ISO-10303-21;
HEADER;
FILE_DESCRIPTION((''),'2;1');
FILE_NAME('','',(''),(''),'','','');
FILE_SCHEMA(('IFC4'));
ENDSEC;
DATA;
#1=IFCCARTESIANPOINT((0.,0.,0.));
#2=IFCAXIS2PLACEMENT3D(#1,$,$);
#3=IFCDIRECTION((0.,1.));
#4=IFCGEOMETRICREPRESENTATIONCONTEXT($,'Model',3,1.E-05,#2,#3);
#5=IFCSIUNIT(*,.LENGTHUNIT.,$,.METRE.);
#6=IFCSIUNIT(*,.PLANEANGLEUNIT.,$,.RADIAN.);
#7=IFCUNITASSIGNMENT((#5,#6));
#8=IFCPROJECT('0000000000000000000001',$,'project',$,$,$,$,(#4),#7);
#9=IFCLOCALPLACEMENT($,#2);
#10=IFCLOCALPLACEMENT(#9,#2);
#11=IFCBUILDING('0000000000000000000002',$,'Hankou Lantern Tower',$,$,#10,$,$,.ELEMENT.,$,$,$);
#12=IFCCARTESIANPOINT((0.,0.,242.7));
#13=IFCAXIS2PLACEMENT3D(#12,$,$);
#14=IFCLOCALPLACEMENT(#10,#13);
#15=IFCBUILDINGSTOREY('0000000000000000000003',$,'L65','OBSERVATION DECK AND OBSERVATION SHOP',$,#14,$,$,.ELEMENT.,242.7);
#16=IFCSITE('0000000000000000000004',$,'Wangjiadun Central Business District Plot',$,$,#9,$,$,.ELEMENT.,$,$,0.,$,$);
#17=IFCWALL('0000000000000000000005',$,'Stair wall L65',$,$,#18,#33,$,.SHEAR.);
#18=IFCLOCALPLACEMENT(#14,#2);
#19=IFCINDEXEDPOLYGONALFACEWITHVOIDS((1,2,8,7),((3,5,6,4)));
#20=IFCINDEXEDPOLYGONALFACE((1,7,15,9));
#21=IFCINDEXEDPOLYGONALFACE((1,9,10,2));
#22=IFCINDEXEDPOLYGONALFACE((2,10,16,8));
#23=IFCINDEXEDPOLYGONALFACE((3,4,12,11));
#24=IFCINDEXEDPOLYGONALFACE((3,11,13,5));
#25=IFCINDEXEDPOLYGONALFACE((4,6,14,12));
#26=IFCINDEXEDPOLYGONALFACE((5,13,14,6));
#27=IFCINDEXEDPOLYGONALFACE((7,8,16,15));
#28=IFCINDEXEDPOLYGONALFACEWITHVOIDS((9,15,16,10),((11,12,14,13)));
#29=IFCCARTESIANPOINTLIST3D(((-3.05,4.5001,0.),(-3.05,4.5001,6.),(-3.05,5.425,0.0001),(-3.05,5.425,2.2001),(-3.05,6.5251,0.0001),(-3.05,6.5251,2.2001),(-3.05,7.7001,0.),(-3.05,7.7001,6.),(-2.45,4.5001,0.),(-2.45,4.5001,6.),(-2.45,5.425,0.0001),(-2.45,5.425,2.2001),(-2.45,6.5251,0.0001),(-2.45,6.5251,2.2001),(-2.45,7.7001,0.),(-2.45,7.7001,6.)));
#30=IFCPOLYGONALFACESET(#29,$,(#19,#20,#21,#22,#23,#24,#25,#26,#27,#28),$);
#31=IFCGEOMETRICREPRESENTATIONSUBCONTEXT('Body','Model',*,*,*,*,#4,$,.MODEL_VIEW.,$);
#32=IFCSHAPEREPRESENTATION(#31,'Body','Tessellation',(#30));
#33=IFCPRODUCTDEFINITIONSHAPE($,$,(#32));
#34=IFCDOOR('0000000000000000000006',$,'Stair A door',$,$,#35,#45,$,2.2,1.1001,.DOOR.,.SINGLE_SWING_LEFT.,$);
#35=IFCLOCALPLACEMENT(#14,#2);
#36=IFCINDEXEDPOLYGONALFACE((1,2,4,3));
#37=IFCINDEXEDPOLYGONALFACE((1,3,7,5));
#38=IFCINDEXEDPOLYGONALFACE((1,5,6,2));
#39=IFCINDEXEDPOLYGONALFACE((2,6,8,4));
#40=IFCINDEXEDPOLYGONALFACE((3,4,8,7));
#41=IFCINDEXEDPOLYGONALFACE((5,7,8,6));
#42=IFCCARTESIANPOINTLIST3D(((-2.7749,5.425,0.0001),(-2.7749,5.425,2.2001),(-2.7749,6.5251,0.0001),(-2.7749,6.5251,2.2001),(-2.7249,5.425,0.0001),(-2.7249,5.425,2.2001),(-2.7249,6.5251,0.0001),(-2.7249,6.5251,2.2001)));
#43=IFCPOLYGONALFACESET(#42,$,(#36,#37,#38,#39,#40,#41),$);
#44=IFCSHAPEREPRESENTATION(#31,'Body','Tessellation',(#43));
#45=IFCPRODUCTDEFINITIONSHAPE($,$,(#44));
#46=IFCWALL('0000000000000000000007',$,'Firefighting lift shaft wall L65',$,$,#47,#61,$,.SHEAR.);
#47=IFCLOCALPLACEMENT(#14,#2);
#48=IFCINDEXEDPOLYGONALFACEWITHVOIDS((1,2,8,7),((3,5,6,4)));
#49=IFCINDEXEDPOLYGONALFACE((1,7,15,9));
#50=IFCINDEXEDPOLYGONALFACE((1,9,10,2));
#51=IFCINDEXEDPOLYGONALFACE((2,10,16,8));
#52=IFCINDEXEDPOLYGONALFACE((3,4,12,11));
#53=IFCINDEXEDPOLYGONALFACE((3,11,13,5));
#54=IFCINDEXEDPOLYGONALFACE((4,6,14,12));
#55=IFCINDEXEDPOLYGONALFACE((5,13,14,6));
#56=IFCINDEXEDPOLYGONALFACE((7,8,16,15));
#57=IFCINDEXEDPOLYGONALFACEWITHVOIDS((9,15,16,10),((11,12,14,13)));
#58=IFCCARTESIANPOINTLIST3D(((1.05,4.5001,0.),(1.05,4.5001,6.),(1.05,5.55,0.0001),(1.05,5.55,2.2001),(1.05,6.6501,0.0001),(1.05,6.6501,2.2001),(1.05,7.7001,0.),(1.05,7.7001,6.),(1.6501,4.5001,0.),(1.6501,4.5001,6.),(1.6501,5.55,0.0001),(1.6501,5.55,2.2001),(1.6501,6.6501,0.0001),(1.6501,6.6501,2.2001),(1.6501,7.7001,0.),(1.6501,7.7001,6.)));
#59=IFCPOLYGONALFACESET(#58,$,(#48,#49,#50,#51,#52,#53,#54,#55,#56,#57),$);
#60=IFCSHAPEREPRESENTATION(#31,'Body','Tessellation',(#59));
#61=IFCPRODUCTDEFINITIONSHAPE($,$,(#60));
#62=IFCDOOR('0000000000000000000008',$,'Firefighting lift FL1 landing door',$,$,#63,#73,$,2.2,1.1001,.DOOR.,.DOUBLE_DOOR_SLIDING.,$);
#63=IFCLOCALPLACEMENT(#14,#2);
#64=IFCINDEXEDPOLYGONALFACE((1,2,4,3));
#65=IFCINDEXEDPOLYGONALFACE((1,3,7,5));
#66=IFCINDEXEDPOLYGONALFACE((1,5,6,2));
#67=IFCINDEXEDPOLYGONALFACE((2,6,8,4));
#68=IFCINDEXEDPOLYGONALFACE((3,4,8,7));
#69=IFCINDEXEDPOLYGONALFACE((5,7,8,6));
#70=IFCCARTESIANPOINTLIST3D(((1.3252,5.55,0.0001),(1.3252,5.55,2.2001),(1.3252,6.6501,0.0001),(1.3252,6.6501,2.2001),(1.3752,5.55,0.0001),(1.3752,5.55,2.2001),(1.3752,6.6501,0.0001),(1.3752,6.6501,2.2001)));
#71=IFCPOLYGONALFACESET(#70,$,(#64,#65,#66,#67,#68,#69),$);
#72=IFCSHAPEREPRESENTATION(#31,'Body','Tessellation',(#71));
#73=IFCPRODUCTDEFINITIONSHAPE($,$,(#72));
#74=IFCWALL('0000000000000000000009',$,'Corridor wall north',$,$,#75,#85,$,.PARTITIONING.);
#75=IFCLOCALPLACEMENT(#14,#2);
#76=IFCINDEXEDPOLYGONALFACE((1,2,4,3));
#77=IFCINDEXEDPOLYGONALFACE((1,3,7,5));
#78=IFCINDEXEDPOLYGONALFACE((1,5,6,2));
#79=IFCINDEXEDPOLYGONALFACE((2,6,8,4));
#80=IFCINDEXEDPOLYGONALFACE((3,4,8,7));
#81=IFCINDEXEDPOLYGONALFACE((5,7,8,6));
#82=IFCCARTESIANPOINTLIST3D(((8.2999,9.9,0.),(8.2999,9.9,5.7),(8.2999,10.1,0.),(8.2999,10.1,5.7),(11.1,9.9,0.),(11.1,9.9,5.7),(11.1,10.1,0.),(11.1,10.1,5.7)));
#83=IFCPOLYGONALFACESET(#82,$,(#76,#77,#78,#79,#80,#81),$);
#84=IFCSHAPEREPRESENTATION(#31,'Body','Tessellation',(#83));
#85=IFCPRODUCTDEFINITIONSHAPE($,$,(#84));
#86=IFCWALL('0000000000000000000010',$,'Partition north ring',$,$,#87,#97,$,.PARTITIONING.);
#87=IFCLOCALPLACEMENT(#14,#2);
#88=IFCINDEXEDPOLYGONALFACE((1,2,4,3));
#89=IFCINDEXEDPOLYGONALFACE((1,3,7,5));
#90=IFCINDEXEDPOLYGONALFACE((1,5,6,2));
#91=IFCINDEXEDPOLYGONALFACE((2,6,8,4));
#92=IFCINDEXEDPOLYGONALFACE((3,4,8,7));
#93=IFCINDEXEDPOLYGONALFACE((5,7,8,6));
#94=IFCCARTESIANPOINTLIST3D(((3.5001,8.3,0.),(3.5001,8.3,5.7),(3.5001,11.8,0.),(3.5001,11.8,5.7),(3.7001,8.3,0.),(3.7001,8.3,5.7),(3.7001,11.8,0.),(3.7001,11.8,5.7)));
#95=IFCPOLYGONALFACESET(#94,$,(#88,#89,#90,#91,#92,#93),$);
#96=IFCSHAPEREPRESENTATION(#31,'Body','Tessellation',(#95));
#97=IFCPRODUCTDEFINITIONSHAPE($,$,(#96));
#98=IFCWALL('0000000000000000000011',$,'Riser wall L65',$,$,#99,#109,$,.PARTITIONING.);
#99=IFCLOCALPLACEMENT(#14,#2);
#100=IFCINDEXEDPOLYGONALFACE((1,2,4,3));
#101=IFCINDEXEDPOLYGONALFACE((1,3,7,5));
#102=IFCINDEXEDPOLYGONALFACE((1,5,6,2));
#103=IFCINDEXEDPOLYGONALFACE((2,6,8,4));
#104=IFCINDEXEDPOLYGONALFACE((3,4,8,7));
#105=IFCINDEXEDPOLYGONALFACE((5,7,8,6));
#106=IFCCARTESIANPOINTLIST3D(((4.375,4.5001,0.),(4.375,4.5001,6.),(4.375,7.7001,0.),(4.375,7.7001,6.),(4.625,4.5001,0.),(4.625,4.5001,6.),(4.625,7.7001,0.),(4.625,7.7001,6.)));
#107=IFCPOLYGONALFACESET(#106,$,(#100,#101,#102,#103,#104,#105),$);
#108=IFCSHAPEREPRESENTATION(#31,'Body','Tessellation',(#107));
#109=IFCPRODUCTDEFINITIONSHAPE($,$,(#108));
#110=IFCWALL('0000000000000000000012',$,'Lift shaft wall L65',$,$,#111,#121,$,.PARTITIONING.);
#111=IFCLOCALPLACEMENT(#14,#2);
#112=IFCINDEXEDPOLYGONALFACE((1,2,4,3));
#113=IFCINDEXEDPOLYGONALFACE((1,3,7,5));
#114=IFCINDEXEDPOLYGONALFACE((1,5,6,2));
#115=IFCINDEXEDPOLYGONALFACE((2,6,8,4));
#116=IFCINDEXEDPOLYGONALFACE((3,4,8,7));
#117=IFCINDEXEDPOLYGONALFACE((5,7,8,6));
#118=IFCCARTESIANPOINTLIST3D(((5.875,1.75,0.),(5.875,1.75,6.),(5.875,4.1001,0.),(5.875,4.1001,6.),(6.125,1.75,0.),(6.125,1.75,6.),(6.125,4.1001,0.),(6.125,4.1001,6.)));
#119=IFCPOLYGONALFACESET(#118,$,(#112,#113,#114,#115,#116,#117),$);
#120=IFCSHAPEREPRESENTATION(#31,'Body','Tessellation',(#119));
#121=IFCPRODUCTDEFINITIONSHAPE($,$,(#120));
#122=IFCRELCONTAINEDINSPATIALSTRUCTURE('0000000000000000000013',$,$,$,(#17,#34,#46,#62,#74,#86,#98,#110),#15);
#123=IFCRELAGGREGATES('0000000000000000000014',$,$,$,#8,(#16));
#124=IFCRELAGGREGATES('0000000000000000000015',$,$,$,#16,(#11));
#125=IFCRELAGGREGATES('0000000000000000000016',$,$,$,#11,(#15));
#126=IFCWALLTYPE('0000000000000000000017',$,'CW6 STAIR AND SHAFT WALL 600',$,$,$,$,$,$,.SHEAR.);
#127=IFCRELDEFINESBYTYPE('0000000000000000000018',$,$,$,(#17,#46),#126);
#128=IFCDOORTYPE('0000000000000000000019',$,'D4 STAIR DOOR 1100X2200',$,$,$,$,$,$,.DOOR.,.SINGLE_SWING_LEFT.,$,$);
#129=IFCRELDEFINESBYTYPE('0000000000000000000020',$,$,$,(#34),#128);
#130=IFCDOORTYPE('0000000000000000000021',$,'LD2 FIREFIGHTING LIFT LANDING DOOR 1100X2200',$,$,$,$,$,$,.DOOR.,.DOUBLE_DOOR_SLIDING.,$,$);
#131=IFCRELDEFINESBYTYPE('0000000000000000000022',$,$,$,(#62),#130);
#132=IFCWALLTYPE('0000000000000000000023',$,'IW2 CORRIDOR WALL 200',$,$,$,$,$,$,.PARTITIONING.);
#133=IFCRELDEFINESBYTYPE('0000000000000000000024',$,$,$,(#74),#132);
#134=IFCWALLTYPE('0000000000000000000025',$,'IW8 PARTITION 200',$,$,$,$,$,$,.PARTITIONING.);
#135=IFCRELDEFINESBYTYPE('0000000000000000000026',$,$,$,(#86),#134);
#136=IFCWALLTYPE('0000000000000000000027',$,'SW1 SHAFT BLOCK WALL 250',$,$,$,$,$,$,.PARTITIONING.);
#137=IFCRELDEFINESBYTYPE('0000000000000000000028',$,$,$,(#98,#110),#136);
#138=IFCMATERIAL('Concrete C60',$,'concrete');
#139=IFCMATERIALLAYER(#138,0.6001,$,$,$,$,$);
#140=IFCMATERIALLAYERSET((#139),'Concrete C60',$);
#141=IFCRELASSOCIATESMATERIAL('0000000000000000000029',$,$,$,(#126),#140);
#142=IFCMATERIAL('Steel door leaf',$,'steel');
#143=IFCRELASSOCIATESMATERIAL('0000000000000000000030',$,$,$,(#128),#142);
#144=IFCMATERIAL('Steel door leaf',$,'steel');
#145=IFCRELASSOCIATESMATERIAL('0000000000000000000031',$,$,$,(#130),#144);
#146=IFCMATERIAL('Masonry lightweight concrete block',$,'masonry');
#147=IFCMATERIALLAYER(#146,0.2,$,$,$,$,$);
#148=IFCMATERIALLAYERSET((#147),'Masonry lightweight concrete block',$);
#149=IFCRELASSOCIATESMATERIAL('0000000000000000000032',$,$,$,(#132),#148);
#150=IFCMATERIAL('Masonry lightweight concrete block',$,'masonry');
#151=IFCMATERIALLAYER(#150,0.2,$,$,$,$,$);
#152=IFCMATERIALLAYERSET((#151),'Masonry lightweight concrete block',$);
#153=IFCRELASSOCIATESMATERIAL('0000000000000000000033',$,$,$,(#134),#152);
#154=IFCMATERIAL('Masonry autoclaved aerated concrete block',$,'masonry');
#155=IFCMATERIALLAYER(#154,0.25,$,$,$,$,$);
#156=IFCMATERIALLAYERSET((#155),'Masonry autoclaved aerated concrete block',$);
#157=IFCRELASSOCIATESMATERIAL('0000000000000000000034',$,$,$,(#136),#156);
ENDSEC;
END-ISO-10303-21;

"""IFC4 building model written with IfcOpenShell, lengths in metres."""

from ifc_helpers import new_model, si_unit, direction, frame, frame_2d, origin, place, context, subcontext, project, spatial, rectangle, extrude, material, layer, layer_set, type_object, element, fill, save


model = new_model("IFC4")

# Units and contexts
model_context = context("Model", 3, precision=1e-05, world=origin(), true_north=direction((0.0, 1.0)))
body_context = subcontext(model_context, "Body", "Model", "MODEL_VIEW")
ifc_project = project(units=[si_unit("LENGTHUNIT", "METRE"), si_unit("PLANEANGLEUNIT", "RADIAN")], contexts=[model_context])

# Site, building, storey
site_placement = place(None, origin())
site = spatial("IfcSite", under=ifc_project, at=site_placement, Name="Wangjiadun Central Business District Plot", CompositionType="ELEMENT", RefElevation=0.0)
building_placement = place(site_placement, origin())
building = spatial("IfcBuilding", under=site, at=building_placement, Name="Hankou Lantern Tower", CompositionType="ELEMENT")
storey_placement = place(building_placement, frame((0.0, 0.0, 242.7)))
storey = spatial("IfcBuildingStorey", under=building, at=storey_placement, Name="L65", Description="OBSERVATION DECK AND OBSERVATION SHOP", CompositionType="ELEMENT", Elevation=242.7)

# Walls, openings, doors
ifc_material_1 = material(Name="Concrete C60", Category="concrete")
ifc_layer_1 = layer(ifc_material_1, 0.6001)
ifc_layer_set_1 = layer_set([ifc_layer_1], Name="Concrete C60")
wall_type_1 = type_object("IfcWallType", Name="CW6 STAIR AND SHAFT WALL 600", PredefinedType="SHEAR", material=ifc_layer_set_1)
wall_1_placement = place(storey_placement, frame((-2.75, 4.5, 0.0), z_axis=(0.0, 0.0, 1.0), x_axis=(0.0, 1.0, 0.0)))
wall_1 = element("IfcWall", 1, at=wall_1_placement, inside=storey, type_object=wall_type_1, Name="Stair wall L65", PredefinedType="SHEAR", context=body_context, shape_type="SweptSolid", body=[
    extrude(rectangle(XDim=3.2, YDim=0.6001, at=frame_2d((1.6001, 0.0))), origin(), (0.0, 0.0, 1.0), 6.0),
])
opening_1_placement = place(wall_1_placement, frame((0.925, 0.0, 0.0)))
opening_1 = element("IfcOpeningElement", 2, at=opening_1_placement, cuts=wall_1, PredefinedType="OPENING", context=body_context, shape_type="SweptSolid", body=[
    extrude(rectangle(XDim=1.1001, YDim=2.2, at=frame_2d((0.55, 1.1001))), frame((0.0, 0.3101, 0.0), z_axis=(0.0, -1.0, 0.0), x_axis=(1.0, 0.0, 0.0)), (0.0, 0.0, 1.0), 0.6201),
])
ifc_material_2 = material(Name="Steel door leaf", Category="steel")
door_type_1 = type_object("IfcDoorType", Name="D4 STAIR DOOR 1100X2200", OperationType="SINGLE_SWING_LEFT", PredefinedType="DOOR", material=ifc_material_2)
door_1_placement = place(opening_1_placement, origin())
door_1 = element("IfcDoor", 3, at=door_1_placement, inside=storey, type_object=door_type_1, Name="Stair A door", OperationType="SINGLE_SWING_LEFT", OverallHeight=2.2, OverallWidth=1.1001, PredefinedType="DOOR", context=body_context, shape_type="SweptSolid", body=[
    extrude(rectangle(XDim=1.1001, YDim=2.2, at=frame_2d((0.55, 1.1001))), frame((0.0, 0.0249, 0.0), z_axis=(0.0, -1.0, 0.0), x_axis=(1.0, 0.0, 0.0)), (0.0, 0.0, 1.0), 0.05),
])
fill(opening_1, door_1)
wall_2_placement = place(storey_placement, frame((1.3501, 4.5, 0.0), z_axis=(0.0, 0.0, 1.0), x_axis=(0.0, 1.0, 0.0)))
wall_2 = element("IfcWall", 4, at=wall_2_placement, inside=storey, type_object=wall_type_1, Name="Firefighting lift shaft wall L65", PredefinedType="SHEAR", context=body_context, shape_type="SweptSolid", body=[
    extrude(rectangle(XDim=3.2, YDim=0.6001, at=frame_2d((1.6001, 0.0))), origin(), (0.0, 0.0, 1.0), 6.0),
])
opening_2_placement = place(wall_2_placement, frame((1.05, 0.0, 0.0)))
opening_2 = element("IfcOpeningElement", 5, at=opening_2_placement, cuts=wall_2, PredefinedType="OPENING", context=body_context, shape_type="SweptSolid", body=[
    extrude(rectangle(XDim=1.1001, YDim=2.2, at=frame_2d((0.55, 1.1001))), frame((0.0, 0.3101, 0.0), z_axis=(0.0, -1.0, 0.0), x_axis=(1.0, 0.0, 0.0)), (0.0, 0.0, 1.0), 0.6201),
])
ifc_material_3 = material(Name="Steel door leaf", Category="steel")
door_type_2 = type_object("IfcDoorType", Name="LD2 FIREFIGHTING LIFT LANDING DOOR 1100X2200", OperationType="DOUBLE_DOOR_SLIDING", PredefinedType="DOOR", material=ifc_material_3)
door_2_placement = place(opening_2_placement, origin())
door_2 = element("IfcDoor", 6, at=door_2_placement, inside=storey, type_object=door_type_2, Name="Firefighting lift FL1 landing door", OperationType="DOUBLE_DOOR_SLIDING", OverallHeight=2.2, OverallWidth=1.1001, PredefinedType="DOOR", context=body_context, shape_type="SweptSolid", body=[
    extrude(rectangle(XDim=1.1001, YDim=2.2, at=frame_2d((0.55, 1.1001))), frame((0.0, 0.0249, 0.0), z_axis=(0.0, -1.0, 0.0), x_axis=(1.0, 0.0, 0.0)), (0.0, 0.0, 1.0), 0.05),
])
fill(opening_2, door_2)

# Walls
ifc_material_4 = material(Name="Masonry lightweight concrete block", Category="masonry")
ifc_layer_2 = layer(ifc_material_4, 0.2)
ifc_layer_set_2 = layer_set([ifc_layer_2], Name="Masonry lightweight concrete block")
wall_type_2 = type_object("IfcWallType", Name="IW2 CORRIDOR WALL 200", PredefinedType="PARTITIONING", material=ifc_layer_set_2)
wall_3_placement = place(storey_placement, frame((8.3, 10.0, 0.0), z_axis=(0.0, 0.0, 1.0), x_axis=(1.0, 0.0, 0.0)))
element("IfcWall", 7, at=wall_3_placement, inside=storey, type_object=wall_type_2, Name="Corridor wall north", PredefinedType="PARTITIONING", context=body_context, shape_type="SweptSolid", body=[
    extrude(rectangle(XDim=2.8, YDim=0.2, at=frame_2d((1.3999, 0.0))), origin(), (0.0, 0.0, 1.0), 5.7),
])
ifc_material_5 = material(Name="Masonry lightweight concrete block", Category="masonry")
ifc_layer_3 = layer(ifc_material_5, 0.2)
ifc_layer_set_3 = layer_set([ifc_layer_3], Name="Masonry lightweight concrete block")
wall_type_3 = type_object("IfcWallType", Name="IW8 PARTITION 200", PredefinedType="PARTITIONING", material=ifc_layer_set_3)
wall_4_placement = place(storey_placement, frame((3.6001, 8.3, 0.0), z_axis=(0.0, 0.0, 1.0), x_axis=(0.0, 1.0, 0.0)))
element("IfcWall", 8, at=wall_4_placement, inside=storey, type_object=wall_type_3, Name="Partition north ring", PredefinedType="PARTITIONING", context=body_context, shape_type="SweptSolid", body=[
    extrude(rectangle(XDim=3.5, YDim=0.2, at=frame_2d((1.75, 0.0))), origin(), (0.0, 0.0, 1.0), 5.7),
])
ifc_material_6 = material(Name="Masonry autoclaved aerated concrete block", Category="masonry")
ifc_layer_4 = layer(ifc_material_6, 0.25)
ifc_layer_set_4 = layer_set([ifc_layer_4], Name="Masonry autoclaved aerated concrete block")
wall_type_4 = type_object("IfcWallType", Name="SW1 SHAFT BLOCK WALL 250", PredefinedType="PARTITIONING", material=ifc_layer_set_4)
wall_5_placement = place(storey_placement, frame((4.5, 4.5, 0.0), z_axis=(0.0, 0.0, 1.0), x_axis=(0.0, 1.0, 0.0)))
element("IfcWall", 9, at=wall_5_placement, inside=storey, type_object=wall_type_4, Name="Riser wall L65", PredefinedType="PARTITIONING", context=body_context, shape_type="SweptSolid", body=[
    extrude(rectangle(XDim=3.2, YDim=0.25, at=frame_2d((1.6001, 0.0))), origin(), (0.0, 0.0, 1.0), 6.0),
])
wall_6_placement = place(storey_placement, frame((6.0, 1.75, 0.0), z_axis=(0.0, 0.0, 1.0), x_axis=(0.0, 1.0, 0.0)))
element("IfcWall", 10, at=wall_6_placement, inside=storey, type_object=wall_type_4, Name="Lift shaft wall L65", PredefinedType="PARTITIONING", context=body_context, shape_type="SweptSolid", body=[
    extrude(rectangle(XDim=2.3501, YDim=0.25, at=frame_2d((1.175, 0.0))), origin(), (0.0, 0.0, 1.0), 6.0),
])

save(model, "model.ifc")
